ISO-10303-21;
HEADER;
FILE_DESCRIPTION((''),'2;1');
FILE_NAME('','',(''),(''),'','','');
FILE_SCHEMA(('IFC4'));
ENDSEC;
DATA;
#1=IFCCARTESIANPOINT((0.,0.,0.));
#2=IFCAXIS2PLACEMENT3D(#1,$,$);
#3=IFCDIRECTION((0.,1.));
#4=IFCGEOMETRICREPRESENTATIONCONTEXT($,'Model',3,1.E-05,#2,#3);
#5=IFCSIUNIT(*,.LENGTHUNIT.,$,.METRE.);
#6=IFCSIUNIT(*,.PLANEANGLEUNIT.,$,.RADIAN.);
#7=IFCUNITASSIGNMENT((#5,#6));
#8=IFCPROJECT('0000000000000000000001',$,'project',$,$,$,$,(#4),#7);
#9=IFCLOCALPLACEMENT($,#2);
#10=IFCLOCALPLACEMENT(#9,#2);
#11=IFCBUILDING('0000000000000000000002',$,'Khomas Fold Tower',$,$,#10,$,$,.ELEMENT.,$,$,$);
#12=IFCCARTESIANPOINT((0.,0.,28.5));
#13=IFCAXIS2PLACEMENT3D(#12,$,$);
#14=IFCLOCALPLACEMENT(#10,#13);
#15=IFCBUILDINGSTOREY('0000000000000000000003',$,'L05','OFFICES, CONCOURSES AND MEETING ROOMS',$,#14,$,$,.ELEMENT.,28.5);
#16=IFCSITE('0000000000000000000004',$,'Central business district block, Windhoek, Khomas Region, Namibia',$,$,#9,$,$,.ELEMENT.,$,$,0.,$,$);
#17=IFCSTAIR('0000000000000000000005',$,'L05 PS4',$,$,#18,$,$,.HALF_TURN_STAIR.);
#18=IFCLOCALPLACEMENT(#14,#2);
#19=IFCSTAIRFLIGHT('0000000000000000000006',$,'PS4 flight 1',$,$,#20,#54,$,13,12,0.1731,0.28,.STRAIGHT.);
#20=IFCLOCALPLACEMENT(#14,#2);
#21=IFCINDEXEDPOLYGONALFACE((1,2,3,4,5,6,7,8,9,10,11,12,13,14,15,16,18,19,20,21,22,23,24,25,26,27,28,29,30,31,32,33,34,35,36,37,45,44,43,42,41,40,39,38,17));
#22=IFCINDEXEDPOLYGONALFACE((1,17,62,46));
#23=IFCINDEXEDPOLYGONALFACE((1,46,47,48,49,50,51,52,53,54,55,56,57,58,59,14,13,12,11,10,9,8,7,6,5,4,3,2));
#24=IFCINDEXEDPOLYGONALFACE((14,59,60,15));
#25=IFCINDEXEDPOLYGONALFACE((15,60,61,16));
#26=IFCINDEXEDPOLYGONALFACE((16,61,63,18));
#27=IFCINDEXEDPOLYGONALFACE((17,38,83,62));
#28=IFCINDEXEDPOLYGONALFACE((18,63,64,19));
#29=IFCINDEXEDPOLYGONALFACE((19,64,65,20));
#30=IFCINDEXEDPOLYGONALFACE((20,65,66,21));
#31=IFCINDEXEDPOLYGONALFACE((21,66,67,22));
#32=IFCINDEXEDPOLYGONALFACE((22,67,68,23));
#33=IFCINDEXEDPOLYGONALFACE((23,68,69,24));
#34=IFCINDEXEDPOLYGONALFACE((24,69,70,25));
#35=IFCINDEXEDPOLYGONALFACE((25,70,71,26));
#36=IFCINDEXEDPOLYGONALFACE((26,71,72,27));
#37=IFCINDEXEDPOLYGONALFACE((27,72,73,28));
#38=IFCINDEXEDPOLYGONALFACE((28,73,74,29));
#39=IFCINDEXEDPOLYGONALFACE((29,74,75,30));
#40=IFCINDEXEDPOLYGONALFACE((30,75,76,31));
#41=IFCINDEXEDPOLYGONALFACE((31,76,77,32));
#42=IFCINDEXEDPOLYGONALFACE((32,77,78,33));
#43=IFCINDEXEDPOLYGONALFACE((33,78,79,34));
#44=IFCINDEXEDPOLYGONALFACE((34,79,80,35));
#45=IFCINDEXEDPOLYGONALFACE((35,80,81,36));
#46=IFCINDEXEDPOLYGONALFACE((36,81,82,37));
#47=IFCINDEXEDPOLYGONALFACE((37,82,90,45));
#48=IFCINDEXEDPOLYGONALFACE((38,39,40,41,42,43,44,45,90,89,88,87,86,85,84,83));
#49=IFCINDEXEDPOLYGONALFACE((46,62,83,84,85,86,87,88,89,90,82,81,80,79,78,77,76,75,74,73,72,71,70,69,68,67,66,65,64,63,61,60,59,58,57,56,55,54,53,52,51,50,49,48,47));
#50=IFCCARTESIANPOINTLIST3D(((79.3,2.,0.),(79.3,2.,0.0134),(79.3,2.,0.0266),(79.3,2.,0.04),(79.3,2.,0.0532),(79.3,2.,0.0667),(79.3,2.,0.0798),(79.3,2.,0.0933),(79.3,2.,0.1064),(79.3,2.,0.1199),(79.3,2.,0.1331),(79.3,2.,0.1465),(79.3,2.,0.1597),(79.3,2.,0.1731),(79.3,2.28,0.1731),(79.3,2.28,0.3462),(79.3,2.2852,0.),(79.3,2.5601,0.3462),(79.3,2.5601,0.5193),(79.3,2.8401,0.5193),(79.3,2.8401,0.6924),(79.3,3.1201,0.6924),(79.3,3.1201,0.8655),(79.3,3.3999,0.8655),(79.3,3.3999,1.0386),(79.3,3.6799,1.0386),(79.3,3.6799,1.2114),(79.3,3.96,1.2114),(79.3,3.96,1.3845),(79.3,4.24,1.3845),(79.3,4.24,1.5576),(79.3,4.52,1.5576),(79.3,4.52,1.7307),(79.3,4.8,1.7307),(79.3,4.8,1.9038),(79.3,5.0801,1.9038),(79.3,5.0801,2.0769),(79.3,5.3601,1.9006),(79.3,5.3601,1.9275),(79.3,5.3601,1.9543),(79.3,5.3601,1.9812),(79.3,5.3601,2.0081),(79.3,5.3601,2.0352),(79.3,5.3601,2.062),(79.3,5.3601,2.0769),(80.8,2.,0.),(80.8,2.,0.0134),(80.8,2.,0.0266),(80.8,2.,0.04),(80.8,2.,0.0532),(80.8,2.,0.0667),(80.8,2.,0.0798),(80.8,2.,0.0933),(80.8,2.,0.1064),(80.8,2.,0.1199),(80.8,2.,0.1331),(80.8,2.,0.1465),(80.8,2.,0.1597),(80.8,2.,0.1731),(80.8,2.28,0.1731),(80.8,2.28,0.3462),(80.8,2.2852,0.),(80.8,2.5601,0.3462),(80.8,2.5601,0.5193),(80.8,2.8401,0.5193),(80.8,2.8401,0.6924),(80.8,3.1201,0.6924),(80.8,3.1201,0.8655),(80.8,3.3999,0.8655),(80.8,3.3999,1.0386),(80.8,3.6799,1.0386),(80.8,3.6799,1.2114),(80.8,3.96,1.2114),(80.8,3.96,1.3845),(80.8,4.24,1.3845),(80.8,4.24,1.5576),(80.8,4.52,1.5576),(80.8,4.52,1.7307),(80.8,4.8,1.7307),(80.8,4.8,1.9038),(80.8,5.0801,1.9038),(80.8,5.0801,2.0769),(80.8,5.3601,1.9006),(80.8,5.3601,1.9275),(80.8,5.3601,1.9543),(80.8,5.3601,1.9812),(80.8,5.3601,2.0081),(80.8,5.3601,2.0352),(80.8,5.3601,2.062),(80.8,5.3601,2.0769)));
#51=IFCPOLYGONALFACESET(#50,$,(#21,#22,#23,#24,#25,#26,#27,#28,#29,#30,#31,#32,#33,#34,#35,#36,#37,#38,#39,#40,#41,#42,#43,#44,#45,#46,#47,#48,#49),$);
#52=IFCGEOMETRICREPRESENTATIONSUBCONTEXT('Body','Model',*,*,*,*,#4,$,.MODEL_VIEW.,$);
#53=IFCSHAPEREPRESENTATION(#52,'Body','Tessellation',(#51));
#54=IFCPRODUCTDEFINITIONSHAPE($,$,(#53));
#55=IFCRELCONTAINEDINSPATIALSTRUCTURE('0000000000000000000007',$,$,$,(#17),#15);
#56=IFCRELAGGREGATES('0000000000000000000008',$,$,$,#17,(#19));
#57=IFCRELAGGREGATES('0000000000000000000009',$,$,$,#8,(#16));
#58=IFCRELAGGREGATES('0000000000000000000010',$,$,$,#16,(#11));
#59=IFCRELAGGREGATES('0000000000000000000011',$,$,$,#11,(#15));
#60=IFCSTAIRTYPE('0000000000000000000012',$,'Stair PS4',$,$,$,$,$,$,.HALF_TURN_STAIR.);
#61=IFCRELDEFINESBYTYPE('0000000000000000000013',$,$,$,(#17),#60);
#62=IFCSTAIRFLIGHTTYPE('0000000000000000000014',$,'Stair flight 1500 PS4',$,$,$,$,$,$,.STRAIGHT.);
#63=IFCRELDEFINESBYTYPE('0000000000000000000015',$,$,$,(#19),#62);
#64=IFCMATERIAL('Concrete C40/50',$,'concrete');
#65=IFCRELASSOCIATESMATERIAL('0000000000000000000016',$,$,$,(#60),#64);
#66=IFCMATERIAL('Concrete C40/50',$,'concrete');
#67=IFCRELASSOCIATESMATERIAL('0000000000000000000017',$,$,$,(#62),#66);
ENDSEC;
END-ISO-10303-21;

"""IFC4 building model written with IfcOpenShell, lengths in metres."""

from ifc_helpers import new_model, si_unit, direction, frame, origin, place, context, subcontext, project, spatial, polyline, outline, extrude, source, transform, mapped, material, type_object, element, aggregate, save


model = new_model("IFC4")

# Units and contexts
model_context = context("Model", 3, precision=1e-05, world=origin(), true_north=direction((0.0, 1.0)))
body_context = subcontext(model_context, "Body", "Model", "MODEL_VIEW")
ifc_project = project(units=[si_unit("LENGTHUNIT", "METRE"), si_unit("PLANEANGLEUNIT", "RADIAN")], contexts=[model_context])

# Site, building, storey
site_placement = place(None, origin())
site = spatial("IfcSite", under=ifc_project, at=site_placement, Name="Central business district block, Windhoek, Khomas Region, Namibia", CompositionType="ELEMENT", RefElevation=0.0)
building_placement = place(site_placement, origin())
building = spatial("IfcBuilding", under=site, at=building_placement, Name="Khomas Fold Tower", CompositionType="ELEMENT")
storey_placement = place(building_placement, frame((0.0, 0.0, 28.5)))
storey = spatial("IfcBuildingStorey", under=building, at=storey_placement, Name="L05", Description="OFFICES, CONCOURSES AND MEETING ROOMS", CompositionType="ELEMENT", Elevation=28.5)

# Shared definitions
shared_shape_1 = source(origin(), body_context, "Body", "SweptSolid", [
    extrude(outline(polyline([(0.0, 0.0), (0.0, 0.0134), (0.0, 0.0266), (0.0, 0.04), (0.0, 0.0532), (0.0, 0.0667), (0.0, 0.0798), (0.0, 0.0933), (0.0, 0.1064), (0.0, 0.1199), (0.0, 0.1331), (0.0, 0.1465), (0.0, 0.1597), (0.0, 0.1731), (0.28, 0.1731), (0.28, 0.3462), (0.5601, 0.3462), (0.5601, 0.5193), (0.8401, 0.5193), (0.8401, 0.6924), (1.1201, 0.6924), (1.1201, 0.8655), (1.3999, 0.8655), (1.3999, 1.0386), (1.6799, 1.0386), (1.6799, 1.2114), (1.96, 1.2114), (1.96, 1.3845), (2.24, 1.3845), (2.24, 1.5576), (2.52, 1.5576), (2.52, 1.7307), (2.8, 1.7307), (2.8, 1.9038), (3.0801, 1.9038), (3.0801, 2.0769), (3.3601, 2.0769), (3.3601, 2.25), (3.3601, 2.2231), (3.3601, 2.1963), (3.3601, 2.1694), (3.3601, 2.1426), (3.3601, 2.1157), (3.3601, 2.0889), (3.3601, 2.062), (3.3601, 2.0352), (3.3601, 2.0081), (3.3601, 1.9812), (3.3601, 1.9543), (3.3601, 1.9275), (3.3601, 1.9006), (0.2852, 0.0), (0.0, 0.0)])), frame((0.0, 0.75, 0.0), z_axis=(0.0, -1.0, 0.0), x_axis=(1.0, 0.0, 0.0)), (0.0, 0.0, 1.0), 1.5),
])

# Stair, stair flight
ifc_material_1 = material(Name="Concrete C40/50", Category="concrete")
stair_type_1 = type_object("IfcStairType", Name="Stair PS4", PredefinedType="HALF_TURN_STAIR", material=ifc_material_1)
stair_1_placement = place(storey_placement, origin())
stair_1 = element("IfcStair", 1, at=stair_1_placement, inside=storey, type_object=stair_type_1, Name="L05 PS4", PredefinedType="HALF_TURN_STAIR")
ifc_material_2 = material(Name="Concrete C40/50", Category="concrete")
stair_flight_type_1 = type_object("IfcStairFlightType", Name="Stair flight 1500 PS4", PredefinedType="STRAIGHT", material=ifc_material_2)
stair_flight_1_placement = place(storey_placement, frame((80.05, 2.0, 0.0), z_axis=(0.0, 0.0, 1.0), x_axis=(0.0, 1.0, 0.0)))
stair_flight_1 = element("IfcStairFlight", 2, at=stair_flight_1_placement, type_object=stair_flight_type_1, Name="PS4 flight 1", NumberOfRisers=13, NumberOfTreads=12, PredefinedType="STRAIGHT", RiserHeight=0.1731, TreadLength=0.28, context=body_context, shape_type="MappedRepresentation", body=[
    mapped(shared_shape_1, transform((0.0, 0.0, 0.0))),
])
aggregate(stair_1, [stair_flight_1])

save(model, "model.ifc")
